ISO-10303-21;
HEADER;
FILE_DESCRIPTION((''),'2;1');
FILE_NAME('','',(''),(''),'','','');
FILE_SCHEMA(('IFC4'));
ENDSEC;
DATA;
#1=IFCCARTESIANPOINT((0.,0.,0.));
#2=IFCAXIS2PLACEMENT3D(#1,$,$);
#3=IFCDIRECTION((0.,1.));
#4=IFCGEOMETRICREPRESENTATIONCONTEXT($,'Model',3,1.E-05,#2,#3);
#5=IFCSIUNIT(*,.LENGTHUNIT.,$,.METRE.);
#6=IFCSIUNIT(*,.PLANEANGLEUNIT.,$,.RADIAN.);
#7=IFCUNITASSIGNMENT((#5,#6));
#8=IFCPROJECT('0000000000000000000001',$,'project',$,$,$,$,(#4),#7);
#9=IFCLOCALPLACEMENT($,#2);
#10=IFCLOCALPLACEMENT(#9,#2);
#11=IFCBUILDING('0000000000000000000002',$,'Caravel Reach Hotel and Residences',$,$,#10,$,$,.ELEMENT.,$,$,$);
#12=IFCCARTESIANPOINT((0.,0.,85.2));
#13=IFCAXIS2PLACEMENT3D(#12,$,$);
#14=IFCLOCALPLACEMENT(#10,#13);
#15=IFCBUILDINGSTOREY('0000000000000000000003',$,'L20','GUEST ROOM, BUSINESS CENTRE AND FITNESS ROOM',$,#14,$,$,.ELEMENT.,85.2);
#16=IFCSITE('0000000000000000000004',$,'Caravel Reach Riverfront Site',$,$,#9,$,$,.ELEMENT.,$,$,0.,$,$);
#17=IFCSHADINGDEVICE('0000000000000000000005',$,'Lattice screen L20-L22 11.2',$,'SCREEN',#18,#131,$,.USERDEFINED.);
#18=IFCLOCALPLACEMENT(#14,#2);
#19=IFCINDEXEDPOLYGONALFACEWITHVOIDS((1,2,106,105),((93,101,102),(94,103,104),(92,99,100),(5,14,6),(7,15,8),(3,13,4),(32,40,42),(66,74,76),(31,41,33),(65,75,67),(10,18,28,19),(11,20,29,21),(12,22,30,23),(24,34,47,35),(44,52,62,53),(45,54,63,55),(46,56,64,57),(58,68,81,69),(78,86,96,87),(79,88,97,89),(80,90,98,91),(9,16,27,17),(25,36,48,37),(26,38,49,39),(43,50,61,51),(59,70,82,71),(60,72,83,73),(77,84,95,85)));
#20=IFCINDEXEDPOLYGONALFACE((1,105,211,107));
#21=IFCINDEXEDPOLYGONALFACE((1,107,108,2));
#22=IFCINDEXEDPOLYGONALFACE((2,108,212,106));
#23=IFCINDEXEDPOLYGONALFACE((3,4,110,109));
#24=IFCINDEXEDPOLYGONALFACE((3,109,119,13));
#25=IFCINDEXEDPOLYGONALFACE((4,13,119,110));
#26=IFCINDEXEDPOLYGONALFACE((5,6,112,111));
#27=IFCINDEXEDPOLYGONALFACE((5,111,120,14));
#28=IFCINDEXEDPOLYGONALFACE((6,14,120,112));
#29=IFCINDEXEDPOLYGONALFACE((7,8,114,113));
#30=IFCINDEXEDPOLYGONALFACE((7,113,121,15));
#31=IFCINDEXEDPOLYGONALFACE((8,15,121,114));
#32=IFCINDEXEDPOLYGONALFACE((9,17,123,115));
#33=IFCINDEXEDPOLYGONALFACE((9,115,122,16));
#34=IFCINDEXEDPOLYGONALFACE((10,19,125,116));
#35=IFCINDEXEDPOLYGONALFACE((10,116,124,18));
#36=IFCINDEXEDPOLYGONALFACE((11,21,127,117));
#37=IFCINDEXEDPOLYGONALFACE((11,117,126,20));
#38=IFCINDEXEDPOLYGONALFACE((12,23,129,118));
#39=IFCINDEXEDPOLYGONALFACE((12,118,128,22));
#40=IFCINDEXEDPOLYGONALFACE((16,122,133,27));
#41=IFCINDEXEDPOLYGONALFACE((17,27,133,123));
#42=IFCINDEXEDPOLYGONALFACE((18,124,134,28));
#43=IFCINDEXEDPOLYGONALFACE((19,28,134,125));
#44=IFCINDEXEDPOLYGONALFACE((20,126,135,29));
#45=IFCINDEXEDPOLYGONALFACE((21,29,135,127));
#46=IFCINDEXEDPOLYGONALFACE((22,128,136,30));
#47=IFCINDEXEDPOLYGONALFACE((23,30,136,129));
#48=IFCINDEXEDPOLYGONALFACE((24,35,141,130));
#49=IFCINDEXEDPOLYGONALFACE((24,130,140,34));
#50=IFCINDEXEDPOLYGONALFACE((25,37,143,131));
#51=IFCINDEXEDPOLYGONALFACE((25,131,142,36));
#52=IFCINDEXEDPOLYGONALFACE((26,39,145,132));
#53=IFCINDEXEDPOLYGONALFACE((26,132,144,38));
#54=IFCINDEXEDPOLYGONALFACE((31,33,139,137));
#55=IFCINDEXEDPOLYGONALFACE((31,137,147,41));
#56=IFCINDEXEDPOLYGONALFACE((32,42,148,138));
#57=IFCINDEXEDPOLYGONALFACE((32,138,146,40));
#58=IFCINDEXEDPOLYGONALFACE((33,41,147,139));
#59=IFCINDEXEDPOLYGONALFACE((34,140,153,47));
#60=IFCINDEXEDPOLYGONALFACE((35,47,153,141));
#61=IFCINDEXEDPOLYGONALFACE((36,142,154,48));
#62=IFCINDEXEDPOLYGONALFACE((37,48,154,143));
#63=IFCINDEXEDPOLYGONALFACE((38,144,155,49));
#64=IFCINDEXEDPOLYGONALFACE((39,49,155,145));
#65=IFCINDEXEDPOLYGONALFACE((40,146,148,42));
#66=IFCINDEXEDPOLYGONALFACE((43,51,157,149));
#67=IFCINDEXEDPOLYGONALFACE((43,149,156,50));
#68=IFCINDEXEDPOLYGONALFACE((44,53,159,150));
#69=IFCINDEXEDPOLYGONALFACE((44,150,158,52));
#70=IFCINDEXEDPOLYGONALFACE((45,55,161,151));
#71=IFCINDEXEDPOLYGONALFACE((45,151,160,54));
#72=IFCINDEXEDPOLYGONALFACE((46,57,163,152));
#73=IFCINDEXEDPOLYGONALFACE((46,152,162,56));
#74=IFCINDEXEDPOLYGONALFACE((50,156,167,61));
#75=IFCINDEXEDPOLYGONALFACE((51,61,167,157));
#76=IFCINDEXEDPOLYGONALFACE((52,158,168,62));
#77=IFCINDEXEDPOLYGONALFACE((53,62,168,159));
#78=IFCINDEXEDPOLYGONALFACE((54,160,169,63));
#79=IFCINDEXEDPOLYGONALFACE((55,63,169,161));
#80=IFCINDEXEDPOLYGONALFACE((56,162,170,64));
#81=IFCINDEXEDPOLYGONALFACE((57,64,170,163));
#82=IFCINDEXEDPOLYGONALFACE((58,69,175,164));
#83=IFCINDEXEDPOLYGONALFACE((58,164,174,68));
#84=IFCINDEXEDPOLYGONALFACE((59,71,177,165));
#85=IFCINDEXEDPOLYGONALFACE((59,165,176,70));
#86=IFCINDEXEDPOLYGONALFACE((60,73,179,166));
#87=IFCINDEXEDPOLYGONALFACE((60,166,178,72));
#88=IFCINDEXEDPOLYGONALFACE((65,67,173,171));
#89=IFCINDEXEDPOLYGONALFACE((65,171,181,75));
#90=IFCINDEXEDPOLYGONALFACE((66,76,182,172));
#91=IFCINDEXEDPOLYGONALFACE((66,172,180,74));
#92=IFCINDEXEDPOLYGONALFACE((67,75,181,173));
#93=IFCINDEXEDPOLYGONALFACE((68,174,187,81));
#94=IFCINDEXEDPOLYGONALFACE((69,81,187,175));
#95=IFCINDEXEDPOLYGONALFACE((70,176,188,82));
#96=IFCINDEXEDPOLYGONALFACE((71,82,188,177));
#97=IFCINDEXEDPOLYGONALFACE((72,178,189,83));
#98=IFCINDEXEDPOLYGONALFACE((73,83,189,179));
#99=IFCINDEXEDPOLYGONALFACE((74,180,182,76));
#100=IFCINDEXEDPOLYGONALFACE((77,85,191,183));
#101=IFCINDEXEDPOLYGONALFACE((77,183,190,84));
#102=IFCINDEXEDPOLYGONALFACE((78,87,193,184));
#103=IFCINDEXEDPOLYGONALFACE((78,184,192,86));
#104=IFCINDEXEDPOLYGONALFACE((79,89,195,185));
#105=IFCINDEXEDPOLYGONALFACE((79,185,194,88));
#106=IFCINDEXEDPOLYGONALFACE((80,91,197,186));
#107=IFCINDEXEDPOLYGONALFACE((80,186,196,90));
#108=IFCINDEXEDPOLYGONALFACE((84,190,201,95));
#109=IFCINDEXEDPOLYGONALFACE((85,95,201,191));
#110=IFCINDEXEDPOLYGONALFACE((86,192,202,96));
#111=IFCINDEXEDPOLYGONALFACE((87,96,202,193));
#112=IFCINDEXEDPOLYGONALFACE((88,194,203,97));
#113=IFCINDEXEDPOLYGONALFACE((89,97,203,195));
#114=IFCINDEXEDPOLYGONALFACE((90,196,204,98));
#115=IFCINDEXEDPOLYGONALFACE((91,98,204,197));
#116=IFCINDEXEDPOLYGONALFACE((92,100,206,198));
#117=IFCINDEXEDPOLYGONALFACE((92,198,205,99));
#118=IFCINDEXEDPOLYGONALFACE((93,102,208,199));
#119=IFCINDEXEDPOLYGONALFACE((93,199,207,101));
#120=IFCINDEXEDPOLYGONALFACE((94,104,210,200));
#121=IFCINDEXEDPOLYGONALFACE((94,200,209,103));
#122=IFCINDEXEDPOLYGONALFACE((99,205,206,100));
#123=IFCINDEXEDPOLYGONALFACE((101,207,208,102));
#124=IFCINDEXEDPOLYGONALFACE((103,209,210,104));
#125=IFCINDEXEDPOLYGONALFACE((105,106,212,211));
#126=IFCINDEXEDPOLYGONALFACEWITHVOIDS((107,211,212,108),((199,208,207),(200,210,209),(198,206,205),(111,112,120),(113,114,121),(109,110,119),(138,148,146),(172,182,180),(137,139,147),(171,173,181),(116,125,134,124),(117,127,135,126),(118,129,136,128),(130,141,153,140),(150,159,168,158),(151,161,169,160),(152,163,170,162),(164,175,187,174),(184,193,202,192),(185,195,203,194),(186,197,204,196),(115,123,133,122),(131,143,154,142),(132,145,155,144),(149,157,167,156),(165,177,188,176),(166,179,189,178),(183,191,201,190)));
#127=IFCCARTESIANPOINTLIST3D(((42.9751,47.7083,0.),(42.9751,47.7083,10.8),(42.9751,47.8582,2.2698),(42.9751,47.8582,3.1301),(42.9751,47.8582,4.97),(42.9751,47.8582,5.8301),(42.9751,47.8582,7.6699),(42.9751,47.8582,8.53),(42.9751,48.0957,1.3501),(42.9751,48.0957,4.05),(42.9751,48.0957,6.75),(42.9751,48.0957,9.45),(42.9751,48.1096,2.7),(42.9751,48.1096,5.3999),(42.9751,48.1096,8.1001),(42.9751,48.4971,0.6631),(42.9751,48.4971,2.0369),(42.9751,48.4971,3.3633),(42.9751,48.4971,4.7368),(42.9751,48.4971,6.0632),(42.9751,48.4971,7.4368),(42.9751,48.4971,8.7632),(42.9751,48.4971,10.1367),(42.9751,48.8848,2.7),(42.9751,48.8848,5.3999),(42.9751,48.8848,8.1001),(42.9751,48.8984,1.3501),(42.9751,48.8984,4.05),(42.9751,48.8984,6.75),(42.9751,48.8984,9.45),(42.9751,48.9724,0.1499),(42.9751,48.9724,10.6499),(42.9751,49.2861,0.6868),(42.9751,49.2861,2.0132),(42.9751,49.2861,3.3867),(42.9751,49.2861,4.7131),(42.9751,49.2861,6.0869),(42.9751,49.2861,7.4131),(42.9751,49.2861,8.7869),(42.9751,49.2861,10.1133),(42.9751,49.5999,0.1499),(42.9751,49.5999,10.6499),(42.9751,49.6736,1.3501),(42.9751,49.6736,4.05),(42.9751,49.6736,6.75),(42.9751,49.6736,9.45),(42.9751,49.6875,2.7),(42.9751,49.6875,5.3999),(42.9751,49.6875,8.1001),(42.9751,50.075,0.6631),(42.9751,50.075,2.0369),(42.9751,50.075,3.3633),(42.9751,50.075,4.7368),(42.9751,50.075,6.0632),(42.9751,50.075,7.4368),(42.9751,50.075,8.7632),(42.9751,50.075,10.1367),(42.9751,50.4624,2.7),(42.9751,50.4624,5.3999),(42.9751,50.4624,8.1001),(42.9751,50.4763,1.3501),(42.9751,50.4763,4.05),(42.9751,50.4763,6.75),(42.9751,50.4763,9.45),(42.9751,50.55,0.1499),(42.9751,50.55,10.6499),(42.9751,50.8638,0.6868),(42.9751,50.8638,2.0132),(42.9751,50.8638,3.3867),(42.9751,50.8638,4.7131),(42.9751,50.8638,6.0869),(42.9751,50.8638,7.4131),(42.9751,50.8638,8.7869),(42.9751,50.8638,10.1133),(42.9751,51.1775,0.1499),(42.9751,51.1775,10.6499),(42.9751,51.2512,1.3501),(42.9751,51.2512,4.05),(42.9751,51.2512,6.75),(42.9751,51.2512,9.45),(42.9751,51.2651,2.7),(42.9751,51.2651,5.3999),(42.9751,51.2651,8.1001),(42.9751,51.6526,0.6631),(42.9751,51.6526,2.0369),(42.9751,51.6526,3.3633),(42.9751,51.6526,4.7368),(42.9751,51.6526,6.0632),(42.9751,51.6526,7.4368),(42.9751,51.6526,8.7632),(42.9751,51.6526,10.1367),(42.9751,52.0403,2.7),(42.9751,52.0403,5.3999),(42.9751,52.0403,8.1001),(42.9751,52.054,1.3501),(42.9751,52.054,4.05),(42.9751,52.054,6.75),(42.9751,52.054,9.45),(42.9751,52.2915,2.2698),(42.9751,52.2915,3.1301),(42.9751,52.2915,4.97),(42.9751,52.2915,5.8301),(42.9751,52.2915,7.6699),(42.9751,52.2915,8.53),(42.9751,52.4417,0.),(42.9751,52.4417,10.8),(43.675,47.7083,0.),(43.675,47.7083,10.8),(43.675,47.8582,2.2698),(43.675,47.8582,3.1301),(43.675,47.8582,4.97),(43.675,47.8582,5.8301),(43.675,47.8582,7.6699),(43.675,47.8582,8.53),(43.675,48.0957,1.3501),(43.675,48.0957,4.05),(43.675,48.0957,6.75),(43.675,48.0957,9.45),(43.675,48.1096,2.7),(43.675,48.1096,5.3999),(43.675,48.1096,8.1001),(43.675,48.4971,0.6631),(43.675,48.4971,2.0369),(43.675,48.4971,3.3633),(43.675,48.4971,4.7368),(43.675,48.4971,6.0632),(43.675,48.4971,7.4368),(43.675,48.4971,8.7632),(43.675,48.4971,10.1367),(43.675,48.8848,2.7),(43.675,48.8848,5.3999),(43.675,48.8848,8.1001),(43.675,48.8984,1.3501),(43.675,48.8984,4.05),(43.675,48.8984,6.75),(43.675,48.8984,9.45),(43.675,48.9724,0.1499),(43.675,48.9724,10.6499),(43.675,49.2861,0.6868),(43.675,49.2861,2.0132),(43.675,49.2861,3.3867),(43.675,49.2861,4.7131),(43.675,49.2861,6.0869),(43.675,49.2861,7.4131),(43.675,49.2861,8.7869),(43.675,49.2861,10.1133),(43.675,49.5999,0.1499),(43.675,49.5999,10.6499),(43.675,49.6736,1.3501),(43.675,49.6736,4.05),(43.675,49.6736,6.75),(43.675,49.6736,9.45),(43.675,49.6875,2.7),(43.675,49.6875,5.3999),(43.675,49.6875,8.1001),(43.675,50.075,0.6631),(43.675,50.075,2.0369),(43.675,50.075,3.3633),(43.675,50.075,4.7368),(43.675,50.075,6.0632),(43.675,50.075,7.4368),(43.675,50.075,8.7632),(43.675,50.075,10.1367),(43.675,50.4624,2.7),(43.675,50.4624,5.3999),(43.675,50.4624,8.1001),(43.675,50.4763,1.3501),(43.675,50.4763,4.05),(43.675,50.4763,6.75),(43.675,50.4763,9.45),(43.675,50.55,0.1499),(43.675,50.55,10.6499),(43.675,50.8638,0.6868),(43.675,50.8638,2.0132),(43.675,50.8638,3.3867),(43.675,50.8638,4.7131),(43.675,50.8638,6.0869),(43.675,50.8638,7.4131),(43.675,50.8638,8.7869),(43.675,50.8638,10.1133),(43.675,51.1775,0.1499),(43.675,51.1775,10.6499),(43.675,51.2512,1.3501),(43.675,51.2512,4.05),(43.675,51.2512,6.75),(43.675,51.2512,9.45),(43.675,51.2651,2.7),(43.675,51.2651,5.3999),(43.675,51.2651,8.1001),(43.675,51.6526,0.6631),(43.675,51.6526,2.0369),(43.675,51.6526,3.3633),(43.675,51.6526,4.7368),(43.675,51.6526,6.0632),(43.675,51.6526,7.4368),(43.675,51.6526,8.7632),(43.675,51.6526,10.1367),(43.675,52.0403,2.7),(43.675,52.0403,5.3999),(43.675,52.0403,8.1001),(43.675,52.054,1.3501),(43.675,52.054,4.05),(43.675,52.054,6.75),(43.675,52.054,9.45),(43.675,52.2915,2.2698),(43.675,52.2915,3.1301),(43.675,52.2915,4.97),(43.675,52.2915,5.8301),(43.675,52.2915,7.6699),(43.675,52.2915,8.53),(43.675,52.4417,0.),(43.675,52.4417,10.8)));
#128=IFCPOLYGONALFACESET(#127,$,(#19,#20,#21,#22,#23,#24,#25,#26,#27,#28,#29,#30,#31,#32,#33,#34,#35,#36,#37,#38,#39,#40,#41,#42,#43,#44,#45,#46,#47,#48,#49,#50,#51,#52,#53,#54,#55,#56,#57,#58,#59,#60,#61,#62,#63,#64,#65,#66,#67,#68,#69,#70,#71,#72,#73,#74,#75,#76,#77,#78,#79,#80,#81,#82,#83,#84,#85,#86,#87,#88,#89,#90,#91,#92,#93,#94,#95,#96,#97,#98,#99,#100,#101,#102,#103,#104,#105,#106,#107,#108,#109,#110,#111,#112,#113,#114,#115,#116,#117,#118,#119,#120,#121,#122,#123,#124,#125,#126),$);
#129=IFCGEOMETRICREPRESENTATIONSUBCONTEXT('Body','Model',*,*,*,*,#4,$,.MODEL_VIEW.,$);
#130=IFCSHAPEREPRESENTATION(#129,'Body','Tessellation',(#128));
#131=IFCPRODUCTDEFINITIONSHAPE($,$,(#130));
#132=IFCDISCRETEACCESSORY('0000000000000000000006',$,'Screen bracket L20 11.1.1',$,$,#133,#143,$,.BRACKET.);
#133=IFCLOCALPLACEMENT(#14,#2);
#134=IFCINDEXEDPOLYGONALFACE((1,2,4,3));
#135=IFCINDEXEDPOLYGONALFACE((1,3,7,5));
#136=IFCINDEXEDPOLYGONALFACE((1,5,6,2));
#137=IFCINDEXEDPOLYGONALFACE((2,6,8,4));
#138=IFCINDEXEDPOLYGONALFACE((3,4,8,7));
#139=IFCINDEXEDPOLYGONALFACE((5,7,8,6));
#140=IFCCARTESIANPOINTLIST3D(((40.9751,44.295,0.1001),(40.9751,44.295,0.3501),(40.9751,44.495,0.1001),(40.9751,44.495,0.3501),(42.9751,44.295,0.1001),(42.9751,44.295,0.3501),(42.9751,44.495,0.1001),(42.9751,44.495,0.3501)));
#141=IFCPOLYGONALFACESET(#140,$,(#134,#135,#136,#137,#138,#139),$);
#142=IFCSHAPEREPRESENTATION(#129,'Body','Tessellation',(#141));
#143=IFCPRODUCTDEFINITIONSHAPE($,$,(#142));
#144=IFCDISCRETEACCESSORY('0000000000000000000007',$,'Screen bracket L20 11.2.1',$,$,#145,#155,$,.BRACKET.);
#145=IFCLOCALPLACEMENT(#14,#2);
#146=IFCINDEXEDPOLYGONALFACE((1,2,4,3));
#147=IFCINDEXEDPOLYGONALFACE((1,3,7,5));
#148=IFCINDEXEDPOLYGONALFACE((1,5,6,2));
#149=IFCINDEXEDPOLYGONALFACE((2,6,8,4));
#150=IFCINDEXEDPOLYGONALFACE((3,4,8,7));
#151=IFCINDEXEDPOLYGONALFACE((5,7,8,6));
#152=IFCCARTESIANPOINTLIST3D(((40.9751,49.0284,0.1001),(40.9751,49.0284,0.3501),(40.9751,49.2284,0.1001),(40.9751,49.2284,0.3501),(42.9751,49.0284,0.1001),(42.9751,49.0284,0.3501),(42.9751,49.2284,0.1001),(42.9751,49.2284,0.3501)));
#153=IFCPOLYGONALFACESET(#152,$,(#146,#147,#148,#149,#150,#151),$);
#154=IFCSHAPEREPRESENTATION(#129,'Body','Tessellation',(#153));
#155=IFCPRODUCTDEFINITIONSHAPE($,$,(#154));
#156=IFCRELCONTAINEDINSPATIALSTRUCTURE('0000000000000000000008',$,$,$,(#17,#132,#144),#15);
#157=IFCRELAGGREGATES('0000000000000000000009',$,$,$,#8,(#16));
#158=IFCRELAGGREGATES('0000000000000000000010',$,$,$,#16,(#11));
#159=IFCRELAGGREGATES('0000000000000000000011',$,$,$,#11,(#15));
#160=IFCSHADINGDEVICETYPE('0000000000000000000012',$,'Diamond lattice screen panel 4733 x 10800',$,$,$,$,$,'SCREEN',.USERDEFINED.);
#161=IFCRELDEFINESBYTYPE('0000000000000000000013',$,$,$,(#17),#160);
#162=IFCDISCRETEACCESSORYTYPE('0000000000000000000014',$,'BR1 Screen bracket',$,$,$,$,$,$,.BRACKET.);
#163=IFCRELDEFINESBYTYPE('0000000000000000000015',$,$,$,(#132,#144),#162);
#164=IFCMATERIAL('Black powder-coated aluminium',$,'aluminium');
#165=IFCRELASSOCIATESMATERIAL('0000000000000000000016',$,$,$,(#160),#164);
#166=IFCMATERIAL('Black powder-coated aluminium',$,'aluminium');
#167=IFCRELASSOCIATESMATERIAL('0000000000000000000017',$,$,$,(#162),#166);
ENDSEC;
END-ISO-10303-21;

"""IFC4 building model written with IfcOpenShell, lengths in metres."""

from ifc_helpers import new_model, si_unit, direction, frame, origin, origin_2d, place, context, subcontext, project, spatial, polyline, rectangle, outline, extrude, material, type_object, element, save


model = new_model("IFC4")

# Units and contexts
model_context = context("Model", 3, precision=1e-05, world=origin(), true_north=direction((0.0, 1.0)))
body_context = subcontext(model_context, "Body", "Model", "MODEL_VIEW")
ifc_project = project(units=[si_unit("LENGTHUNIT", "METRE"), si_unit("PLANEANGLEUNIT", "RADIAN")], contexts=[model_context])

# Site, building, storey
site_placement = place(None, origin())
site = spatial("IfcSite", under=ifc_project, at=site_placement, Name="Caravel Reach Riverfront Site", CompositionType="ELEMENT", RefElevation=0.0)
building_placement = place(site_placement, origin())
building = spatial("IfcBuilding", under=site, at=building_placement, Name="Caravel Reach Hotel and Residences", CompositionType="ELEMENT")
storey_placement = place(building_placement, frame((0.0, 0.0, 85.2)))
storey = spatial("IfcBuildingStorey", under=building, at=storey_placement, Name="L20", Description="GUEST ROOM, BUSINESS CENTRE AND FITNESS ROOM", CompositionType="ELEMENT", Elevation=85.2)

# Shading device
ifc_material_1 = material(Name="Black powder-coated aluminium", Category="aluminium")
shading_device_type = type_object("IfcShadingDeviceType", Name="Diamond lattice screen panel 4733 x 10800", ElementType="SCREEN", PredefinedType="USERDEFINED", material=ifc_material_1)
shading_device_placement = place(storey_placement, frame((42.9751, 47.7083, 0.0), z_axis=(1.0, 0.0, 0.0), x_axis=(0.0, 1.0, 0.0)))
element("IfcShadingDevice", 1, at=shading_device_placement, inside=storey, type_object=shading_device_type, Name="Lattice screen L20-L22 11.2", ObjectType="SCREEN", PredefinedType="USERDEFINED", context=body_context, shape_type="SweptSolid", body=[
    extrude(outline(polyline([(0.0, 0.0), (4.7334, 0.0), (4.7334, 10.8), (0.0, 10.8), (0.0, 0.0)]), holes=[polyline([(0.4014, 2.7), (0.1499, 3.1301), (0.1499, 2.2698), (0.4014, 2.7)]), polyline([(0.4014, 5.3999), (0.1499, 5.8301), (0.1499, 4.97), (0.4014, 5.3999)]), polyline([(0.4014, 8.1001), (0.1499, 8.53), (0.1499, 7.6699), (0.4014, 8.1001)]), polyline([(0.7888, 2.0369), (0.3875, 1.3501), (0.7888, 0.6631), (1.1902, 1.3501), (0.7888, 2.0369)]), polyline([(0.7888, 4.7368), (0.3875, 4.05), (0.7888, 3.3633), (1.1902, 4.05), (0.7888, 4.7368)]), polyline([(0.7888, 7.4368), (0.3875, 6.75), (0.7888, 6.0632), (1.1902, 6.75), (0.7888, 7.4368)]), polyline([(0.7888, 10.1367), (0.3875, 9.45), (0.7888, 8.7632), (1.1902, 9.45), (0.7888, 10.1367)]), polyline([(1.5779, 0.6868), (1.2642, 0.1499), (1.8916, 0.1499), (1.5779, 0.6868)]), polyline([(1.5779, 3.3867), (1.1765, 2.7), (1.5779, 2.0132), (1.9792, 2.7), (1.5779, 3.3867)]), polyline([(1.5779, 6.0869), (1.1765, 5.3999), (1.5779, 4.7131), (1.9792, 5.3999), (1.5779, 6.0869)]), polyline([(1.5779, 8.7869), (1.1765, 8.1001), (1.5779, 7.4131), (1.9792, 8.1001), (1.5779, 8.7869)]), polyline([(1.5779, 10.1133), (1.8916, 10.6499), (1.2642, 10.6499), (1.5779, 10.1133)]), polyline([(2.3667, 2.0369), (1.9653, 1.3501), (2.3667, 0.6631), (2.7681, 1.3501), (2.3667, 2.0369)]), polyline([(2.3667, 4.7368), (1.9653, 4.05), (2.3667, 3.3633), (2.7681, 4.05), (2.3667, 4.7368)]), polyline([(2.3667, 7.4368), (1.9653, 6.75), (2.3667, 6.0632), (2.7681, 6.75), (2.3667, 7.4368)]), polyline([(2.3667, 10.1367), (1.9653, 9.45), (2.3667, 8.7632), (2.7681, 9.45), (2.3667, 10.1367)]), polyline([(3.1555, 0.6868), (2.8418, 0.1499), (3.4692, 0.1499), (3.1555, 0.6868)]), polyline([(3.1555, 3.3867), (2.7542, 2.7), (3.1555, 2.0132), (3.5569, 2.7), (3.1555, 3.3867)]), polyline([(3.1555, 6.0869), (2.7542, 5.3999), (3.1555, 4.7131), (3.5569, 5.3999), (3.1555, 6.0869)]), polyline([(3.1555, 8.7869), (2.7542, 8.1001), (3.1555, 7.4131), (3.5569, 8.1001), (3.1555, 8.7869)]), polyline([(3.1555, 10.1133), (3.4692, 10.6499), (2.8418, 10.6499), (3.1555, 10.1133)]), polyline([(3.9443, 2.0369), (3.543, 1.3501), (3.9443, 0.6631), (4.3457, 1.3501), (3.9443, 2.0369)]), polyline([(3.9443, 4.7368), (3.543, 4.05), (3.9443, 3.3633), (4.3457, 4.05), (3.9443, 4.7368)]), polyline([(3.9443, 7.4368), (3.543, 6.75), (3.9443, 6.0632), (4.3457, 6.75), (3.9443, 7.4368)]), polyline([(3.9443, 10.1367), (3.543, 9.45), (3.9443, 8.7632), (4.3457, 9.45), (3.9443, 10.1367)]), polyline([(4.332, 2.7), (4.5833, 2.2698), (4.5833, 3.1301), (4.332, 2.7)]), polyline([(4.332, 5.3999), (4.5833, 4.97), (4.5833, 5.8301), (4.332, 5.3999)]), polyline([(4.332, 8.1001), (4.5833, 7.6699), (4.5833, 8.53), (4.332, 8.1001)])]), origin(), (0.0, 0.0, 1.0), 0.7),
])

# Discrete accessories
ifc_material_2 = material(Name="Black powder-coated aluminium", Category="aluminium")
discrete_accessory_type = type_object("IfcDiscreteAccessoryType", Name="BR1 Screen bracket", PredefinedType="BRACKET", material=ifc_material_2)
for number, where, z_axis, x_axis, name in (
    (2, (41.9751, 44.395, 0.1001), (0.0, 0.0, 1.0), (1.0, 0.0, 0.0), "Screen bracket L20 11.1.1"),
    (3, (41.9751, 49.1284, 0.1001), (0.0, 0.0, 1.0), (1.0, 0.0, 0.0), "Screen bracket L20 11.2.1"),
):
    element("IfcDiscreteAccessory", number, at=place(storey_placement, frame(where, z_axis=z_axis, x_axis=x_axis)), inside=storey, type_object=discrete_accessory_type, Name=name, PredefinedType="BRACKET", context=body_context, shape_type="SweptSolid", body=[
        extrude(rectangle(XDim=2.0, YDim=0.2, at=origin_2d()), origin(), (0.0, 0.0, 1.0), 0.25),
    ])

save(model, "model.ifc")
